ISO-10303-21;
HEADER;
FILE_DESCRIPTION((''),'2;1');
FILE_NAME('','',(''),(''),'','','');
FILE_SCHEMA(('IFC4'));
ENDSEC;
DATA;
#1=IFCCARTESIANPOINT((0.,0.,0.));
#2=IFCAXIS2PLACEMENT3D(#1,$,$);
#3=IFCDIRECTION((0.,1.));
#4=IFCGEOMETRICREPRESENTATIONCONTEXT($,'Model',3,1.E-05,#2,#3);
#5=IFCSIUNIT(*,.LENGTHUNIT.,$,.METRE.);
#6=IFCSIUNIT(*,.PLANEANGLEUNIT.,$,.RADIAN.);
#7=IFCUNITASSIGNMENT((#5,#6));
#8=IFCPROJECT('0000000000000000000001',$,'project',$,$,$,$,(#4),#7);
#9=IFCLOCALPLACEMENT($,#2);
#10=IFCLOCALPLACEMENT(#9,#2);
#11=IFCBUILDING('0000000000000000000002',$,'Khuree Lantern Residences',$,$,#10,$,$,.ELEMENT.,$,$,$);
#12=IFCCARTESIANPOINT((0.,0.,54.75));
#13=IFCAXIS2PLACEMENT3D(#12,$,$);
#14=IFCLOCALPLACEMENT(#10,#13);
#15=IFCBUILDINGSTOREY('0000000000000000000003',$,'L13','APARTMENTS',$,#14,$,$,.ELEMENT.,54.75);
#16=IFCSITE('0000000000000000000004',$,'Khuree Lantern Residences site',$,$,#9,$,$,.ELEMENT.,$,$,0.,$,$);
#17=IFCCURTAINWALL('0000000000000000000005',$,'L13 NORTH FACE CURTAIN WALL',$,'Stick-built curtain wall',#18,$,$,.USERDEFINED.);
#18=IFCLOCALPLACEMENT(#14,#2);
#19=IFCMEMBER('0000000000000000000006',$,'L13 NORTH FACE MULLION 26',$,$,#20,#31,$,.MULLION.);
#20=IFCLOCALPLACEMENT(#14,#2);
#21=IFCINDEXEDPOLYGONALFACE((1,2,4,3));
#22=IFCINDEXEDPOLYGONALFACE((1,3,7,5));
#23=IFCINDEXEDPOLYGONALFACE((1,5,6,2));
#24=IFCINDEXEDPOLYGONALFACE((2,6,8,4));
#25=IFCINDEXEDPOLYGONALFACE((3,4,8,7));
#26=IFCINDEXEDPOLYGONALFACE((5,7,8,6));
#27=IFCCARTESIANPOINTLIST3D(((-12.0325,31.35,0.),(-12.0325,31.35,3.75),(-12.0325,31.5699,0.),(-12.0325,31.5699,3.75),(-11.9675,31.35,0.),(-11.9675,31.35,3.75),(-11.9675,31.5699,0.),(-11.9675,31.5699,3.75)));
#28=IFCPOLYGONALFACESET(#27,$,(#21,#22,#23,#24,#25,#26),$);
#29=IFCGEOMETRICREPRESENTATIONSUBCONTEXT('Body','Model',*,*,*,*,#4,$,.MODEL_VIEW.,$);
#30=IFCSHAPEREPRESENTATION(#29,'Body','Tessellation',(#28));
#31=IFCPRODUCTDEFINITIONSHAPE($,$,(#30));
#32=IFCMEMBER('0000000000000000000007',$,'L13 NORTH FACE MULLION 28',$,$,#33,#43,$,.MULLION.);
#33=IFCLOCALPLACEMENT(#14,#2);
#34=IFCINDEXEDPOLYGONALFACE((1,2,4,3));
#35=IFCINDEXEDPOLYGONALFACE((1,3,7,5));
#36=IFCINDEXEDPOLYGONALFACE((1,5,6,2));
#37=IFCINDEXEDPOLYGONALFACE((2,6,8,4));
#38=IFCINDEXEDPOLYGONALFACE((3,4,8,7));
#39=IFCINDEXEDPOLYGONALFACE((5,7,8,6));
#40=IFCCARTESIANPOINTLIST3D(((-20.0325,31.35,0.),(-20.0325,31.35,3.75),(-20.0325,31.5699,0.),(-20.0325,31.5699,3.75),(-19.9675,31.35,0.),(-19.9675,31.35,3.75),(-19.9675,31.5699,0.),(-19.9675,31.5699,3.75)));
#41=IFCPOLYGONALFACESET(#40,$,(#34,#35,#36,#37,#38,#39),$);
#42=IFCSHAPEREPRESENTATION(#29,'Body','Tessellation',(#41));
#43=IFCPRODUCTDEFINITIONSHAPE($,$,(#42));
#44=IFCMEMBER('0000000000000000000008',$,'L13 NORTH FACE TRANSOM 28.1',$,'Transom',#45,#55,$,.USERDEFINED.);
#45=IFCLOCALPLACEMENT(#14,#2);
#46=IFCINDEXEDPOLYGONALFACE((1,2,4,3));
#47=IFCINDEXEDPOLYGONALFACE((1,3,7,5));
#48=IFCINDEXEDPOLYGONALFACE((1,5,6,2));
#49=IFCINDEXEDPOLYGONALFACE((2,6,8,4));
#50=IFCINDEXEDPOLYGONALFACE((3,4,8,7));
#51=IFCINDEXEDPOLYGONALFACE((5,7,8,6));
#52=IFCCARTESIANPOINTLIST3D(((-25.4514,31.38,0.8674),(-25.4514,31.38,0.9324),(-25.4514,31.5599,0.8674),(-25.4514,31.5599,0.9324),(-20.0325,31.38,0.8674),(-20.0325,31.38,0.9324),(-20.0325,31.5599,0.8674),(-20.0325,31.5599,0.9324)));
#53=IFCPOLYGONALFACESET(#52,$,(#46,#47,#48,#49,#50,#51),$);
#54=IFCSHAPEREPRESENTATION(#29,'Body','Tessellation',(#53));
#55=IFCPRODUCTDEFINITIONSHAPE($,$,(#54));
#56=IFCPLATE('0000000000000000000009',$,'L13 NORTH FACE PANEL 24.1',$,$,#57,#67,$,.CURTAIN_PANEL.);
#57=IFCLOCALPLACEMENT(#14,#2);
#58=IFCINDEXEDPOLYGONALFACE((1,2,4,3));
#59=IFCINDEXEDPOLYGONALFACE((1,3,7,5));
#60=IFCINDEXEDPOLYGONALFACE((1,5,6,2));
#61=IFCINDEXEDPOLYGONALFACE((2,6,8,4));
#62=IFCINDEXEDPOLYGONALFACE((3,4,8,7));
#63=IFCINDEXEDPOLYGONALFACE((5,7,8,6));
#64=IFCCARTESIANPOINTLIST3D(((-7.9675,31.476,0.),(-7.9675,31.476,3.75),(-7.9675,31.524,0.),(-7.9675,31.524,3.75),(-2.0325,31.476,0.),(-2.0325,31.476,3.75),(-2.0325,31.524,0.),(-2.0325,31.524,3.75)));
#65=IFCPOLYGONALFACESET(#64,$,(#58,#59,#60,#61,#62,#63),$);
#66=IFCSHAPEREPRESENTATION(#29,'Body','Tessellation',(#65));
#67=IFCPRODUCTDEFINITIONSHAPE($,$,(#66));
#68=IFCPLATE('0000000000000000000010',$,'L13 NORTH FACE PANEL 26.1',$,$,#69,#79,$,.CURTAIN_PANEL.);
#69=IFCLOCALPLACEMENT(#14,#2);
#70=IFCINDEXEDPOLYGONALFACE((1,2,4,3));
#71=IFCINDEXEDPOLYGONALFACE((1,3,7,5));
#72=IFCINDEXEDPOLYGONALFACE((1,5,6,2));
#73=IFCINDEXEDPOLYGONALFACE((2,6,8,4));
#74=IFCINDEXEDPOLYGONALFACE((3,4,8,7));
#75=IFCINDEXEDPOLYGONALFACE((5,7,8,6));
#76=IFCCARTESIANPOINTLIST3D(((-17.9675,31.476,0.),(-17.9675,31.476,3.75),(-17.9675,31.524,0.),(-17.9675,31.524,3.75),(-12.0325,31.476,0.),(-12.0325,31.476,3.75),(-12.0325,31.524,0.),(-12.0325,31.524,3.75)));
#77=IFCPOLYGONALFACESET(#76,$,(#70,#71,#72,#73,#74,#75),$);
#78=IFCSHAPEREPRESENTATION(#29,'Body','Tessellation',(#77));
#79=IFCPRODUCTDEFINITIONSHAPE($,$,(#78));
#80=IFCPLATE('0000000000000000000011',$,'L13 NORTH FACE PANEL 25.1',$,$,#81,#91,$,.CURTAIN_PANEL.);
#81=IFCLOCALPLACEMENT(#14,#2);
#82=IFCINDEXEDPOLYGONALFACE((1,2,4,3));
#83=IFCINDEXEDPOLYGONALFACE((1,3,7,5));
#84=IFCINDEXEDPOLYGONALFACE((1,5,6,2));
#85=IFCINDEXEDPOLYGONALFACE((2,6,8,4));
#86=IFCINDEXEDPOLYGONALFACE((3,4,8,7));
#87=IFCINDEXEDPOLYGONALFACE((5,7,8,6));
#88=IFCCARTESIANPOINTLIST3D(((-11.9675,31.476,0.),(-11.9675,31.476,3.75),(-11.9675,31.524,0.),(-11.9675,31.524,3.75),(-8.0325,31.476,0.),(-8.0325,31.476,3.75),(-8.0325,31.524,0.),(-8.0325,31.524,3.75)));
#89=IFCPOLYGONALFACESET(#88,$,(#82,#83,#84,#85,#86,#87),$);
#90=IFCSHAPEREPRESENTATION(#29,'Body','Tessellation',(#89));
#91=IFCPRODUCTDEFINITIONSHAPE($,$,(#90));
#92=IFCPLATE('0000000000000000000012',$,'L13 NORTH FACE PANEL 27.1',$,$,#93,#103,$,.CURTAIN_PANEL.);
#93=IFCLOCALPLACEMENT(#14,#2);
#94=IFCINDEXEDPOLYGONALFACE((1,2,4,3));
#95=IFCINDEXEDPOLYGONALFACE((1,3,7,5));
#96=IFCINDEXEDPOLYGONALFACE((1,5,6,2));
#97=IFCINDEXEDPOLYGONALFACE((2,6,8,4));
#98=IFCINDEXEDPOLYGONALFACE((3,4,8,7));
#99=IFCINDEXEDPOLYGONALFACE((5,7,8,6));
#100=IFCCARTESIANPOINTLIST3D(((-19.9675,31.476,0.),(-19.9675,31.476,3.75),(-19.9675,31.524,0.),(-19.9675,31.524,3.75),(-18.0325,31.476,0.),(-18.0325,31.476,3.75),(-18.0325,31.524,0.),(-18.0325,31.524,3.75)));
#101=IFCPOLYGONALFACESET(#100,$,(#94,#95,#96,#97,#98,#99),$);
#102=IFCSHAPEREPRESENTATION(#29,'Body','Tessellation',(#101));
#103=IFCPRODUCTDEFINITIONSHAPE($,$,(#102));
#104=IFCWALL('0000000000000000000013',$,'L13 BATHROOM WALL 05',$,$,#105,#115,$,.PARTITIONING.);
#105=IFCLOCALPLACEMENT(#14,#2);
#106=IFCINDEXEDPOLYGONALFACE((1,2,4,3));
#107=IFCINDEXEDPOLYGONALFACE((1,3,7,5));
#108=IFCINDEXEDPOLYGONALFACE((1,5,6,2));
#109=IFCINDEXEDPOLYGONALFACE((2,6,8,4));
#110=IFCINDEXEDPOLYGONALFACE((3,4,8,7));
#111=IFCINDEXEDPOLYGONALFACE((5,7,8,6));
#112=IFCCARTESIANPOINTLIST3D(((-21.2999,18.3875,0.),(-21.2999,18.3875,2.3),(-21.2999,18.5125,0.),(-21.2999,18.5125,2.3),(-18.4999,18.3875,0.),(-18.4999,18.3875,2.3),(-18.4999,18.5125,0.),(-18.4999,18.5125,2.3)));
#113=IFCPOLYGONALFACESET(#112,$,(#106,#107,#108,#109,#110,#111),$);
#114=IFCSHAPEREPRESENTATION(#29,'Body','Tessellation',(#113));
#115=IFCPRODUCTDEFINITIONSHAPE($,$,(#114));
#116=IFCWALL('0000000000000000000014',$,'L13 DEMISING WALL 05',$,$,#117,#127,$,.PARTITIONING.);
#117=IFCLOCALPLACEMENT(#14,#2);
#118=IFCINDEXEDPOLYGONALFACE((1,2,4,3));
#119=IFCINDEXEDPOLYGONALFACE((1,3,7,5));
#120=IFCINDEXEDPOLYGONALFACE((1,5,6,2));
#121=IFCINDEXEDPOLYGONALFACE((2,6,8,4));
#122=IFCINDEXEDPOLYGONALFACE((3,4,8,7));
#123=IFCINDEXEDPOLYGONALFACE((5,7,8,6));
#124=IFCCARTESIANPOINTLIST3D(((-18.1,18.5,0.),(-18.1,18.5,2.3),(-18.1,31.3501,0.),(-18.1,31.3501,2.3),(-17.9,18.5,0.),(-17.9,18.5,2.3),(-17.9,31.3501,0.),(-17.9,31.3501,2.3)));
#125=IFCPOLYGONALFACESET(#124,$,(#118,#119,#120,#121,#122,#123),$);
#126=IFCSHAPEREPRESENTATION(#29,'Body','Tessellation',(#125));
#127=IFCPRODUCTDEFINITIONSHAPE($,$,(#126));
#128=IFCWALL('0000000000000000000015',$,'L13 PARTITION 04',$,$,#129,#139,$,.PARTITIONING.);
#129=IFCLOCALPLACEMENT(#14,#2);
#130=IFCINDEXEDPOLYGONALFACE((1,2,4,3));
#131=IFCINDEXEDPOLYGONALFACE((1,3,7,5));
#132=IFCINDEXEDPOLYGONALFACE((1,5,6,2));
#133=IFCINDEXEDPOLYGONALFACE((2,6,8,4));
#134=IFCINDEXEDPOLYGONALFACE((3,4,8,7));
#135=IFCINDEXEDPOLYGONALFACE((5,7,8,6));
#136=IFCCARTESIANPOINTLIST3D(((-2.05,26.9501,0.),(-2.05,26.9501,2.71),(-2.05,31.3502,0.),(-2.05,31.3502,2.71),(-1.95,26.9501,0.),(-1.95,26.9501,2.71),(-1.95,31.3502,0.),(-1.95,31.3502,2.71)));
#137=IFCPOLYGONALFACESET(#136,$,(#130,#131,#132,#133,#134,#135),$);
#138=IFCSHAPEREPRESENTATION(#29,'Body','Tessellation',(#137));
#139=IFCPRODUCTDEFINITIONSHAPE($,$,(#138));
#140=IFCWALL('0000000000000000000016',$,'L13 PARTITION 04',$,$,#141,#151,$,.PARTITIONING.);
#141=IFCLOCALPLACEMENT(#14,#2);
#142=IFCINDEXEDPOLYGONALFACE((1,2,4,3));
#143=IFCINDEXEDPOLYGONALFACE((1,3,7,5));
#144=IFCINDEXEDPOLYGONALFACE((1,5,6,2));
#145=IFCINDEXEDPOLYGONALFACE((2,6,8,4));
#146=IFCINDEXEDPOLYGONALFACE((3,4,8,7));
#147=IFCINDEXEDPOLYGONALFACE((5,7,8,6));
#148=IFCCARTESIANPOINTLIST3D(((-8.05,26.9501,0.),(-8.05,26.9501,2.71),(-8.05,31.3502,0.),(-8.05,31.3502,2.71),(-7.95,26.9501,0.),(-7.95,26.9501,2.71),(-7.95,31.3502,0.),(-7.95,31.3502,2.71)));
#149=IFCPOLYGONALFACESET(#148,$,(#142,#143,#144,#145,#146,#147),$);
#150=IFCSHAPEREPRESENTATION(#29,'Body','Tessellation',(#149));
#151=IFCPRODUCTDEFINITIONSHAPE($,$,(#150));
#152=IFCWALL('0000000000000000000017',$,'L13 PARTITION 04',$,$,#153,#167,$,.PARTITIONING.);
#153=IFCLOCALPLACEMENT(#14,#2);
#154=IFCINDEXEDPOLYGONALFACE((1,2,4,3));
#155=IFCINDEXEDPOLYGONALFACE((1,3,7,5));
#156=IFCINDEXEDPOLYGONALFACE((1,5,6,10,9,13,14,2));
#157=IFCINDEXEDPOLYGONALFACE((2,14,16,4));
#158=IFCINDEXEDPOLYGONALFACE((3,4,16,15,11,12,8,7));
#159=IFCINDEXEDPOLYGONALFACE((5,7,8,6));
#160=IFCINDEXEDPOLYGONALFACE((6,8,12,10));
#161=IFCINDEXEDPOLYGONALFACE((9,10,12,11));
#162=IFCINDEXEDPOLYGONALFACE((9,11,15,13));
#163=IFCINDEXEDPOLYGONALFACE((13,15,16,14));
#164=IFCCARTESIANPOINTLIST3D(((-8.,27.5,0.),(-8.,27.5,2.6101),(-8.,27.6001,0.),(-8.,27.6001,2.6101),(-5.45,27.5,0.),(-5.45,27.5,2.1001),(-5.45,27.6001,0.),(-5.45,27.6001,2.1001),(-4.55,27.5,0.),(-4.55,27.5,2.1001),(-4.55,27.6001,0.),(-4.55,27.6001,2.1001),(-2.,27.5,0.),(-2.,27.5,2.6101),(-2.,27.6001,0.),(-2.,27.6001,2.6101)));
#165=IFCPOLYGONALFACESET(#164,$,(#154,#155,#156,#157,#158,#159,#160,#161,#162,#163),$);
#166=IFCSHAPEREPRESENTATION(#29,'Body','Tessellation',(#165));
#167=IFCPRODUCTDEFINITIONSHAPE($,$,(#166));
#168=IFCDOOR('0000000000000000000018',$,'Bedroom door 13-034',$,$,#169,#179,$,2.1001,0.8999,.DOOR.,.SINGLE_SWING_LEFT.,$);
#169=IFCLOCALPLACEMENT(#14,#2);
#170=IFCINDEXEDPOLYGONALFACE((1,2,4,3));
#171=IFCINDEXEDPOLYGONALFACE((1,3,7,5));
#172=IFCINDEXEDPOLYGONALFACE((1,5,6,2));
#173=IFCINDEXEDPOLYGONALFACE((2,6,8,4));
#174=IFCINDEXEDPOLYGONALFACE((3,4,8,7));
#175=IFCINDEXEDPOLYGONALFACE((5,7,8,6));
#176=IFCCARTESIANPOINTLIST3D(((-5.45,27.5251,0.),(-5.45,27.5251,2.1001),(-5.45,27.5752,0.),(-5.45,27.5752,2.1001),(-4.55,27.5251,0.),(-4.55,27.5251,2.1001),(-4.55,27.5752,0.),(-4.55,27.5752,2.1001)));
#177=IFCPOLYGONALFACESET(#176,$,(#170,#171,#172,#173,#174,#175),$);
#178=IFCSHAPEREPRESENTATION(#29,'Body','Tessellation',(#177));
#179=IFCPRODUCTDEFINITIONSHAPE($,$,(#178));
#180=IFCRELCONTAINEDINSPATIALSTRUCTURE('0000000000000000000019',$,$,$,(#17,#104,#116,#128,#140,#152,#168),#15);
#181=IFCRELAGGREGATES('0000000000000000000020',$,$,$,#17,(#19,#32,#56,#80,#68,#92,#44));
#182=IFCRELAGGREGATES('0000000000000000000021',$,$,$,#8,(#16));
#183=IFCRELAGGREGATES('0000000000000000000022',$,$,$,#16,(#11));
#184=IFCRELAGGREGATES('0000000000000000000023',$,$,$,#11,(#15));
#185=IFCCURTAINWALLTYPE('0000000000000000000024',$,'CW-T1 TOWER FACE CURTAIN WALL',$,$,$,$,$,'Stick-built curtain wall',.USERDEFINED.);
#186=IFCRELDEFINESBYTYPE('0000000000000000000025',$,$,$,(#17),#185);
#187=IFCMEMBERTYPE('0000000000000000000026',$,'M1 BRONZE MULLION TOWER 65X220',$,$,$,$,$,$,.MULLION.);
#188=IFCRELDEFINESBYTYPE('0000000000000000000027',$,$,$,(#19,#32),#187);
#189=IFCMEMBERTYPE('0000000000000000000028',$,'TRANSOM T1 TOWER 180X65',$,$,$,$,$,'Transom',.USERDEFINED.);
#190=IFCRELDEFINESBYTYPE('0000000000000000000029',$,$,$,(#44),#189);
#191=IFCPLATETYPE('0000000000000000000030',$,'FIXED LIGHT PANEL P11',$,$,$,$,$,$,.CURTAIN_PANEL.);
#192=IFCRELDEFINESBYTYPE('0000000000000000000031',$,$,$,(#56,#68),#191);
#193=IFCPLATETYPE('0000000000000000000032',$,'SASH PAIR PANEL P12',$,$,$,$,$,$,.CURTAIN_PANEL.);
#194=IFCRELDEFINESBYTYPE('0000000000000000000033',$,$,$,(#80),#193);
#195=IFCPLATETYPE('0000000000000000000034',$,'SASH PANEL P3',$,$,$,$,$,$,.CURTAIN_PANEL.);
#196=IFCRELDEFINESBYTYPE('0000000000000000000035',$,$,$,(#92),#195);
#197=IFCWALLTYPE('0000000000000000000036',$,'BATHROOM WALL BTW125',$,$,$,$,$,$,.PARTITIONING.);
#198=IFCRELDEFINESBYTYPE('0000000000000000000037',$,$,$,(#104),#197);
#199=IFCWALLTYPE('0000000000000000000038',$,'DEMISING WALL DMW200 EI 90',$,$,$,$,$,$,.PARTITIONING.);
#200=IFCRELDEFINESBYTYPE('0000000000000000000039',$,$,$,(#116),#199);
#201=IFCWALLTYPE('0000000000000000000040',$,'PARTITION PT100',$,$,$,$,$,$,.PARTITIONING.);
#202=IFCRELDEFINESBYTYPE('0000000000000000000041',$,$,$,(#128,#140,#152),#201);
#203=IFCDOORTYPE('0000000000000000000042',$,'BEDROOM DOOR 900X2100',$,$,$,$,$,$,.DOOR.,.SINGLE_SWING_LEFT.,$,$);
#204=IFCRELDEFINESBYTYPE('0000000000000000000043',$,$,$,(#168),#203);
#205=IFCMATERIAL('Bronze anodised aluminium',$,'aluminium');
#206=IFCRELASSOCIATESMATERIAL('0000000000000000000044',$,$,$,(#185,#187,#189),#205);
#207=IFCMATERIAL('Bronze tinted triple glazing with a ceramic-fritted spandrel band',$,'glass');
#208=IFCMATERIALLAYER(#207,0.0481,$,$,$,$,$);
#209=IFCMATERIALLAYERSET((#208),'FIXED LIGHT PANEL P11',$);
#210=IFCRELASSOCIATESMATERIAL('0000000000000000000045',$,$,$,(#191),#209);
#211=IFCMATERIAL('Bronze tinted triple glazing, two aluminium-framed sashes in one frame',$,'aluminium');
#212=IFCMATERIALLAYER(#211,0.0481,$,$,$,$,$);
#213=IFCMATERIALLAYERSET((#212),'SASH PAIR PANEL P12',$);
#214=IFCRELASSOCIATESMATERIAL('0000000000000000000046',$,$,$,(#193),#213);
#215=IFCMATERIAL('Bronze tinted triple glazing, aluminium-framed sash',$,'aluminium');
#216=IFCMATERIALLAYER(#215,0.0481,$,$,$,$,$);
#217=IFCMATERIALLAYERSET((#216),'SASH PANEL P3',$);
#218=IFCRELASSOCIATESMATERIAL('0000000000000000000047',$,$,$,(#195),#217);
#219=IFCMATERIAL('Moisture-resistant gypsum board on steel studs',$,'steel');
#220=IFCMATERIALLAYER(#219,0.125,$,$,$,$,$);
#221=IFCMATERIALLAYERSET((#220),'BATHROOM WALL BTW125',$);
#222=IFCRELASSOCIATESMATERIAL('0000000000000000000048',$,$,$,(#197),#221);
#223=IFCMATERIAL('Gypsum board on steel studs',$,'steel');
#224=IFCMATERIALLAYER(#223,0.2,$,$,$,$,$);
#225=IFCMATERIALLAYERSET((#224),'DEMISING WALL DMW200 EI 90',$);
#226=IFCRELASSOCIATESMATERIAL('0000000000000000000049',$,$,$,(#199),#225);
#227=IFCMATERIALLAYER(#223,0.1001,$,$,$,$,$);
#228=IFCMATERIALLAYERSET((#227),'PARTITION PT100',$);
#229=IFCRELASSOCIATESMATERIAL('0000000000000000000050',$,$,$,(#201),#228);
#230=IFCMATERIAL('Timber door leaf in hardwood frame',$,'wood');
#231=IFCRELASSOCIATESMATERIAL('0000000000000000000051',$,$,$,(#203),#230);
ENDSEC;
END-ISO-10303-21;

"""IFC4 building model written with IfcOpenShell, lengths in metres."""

from ifc_helpers import new_model, si_unit, direction, frame, frame_2d, origin, origin_2d, place, context, subcontext, project, spatial, rectangle, extrude, material, layer, layer_set, material_profile, profile_set, type_object, element, fill, aggregate, save


model = new_model("IFC4")

# Units and contexts
model_context = context("Model", 3, precision=1e-05, world=origin(), true_north=direction((0.0, 1.0)))
body_context = subcontext(model_context, "Body", "Model", "MODEL_VIEW")
ifc_project = project(units=[si_unit("LENGTHUNIT", "METRE"), si_unit("PLANEANGLEUNIT", "RADIAN")], contexts=[model_context])

# Site, building, storey
site_placement = place(None, origin())
site = spatial("IfcSite", under=ifc_project, at=site_placement, Name="Khuree Lantern Residences site", CompositionType="ELEMENT", RefElevation=0.0)
building_placement = place(site_placement, origin())
building = spatial("IfcBuilding", under=site, at=building_placement, Name="Khuree Lantern Residences", CompositionType="ELEMENT")
storey_placement = place(building_placement, frame((0.0, 0.0, 54.75)))
storey = spatial("IfcBuildingStorey", under=building, at=storey_placement, Name="L13", Description="APARTMENTS", CompositionType="ELEMENT", Elevation=54.75)

# Curtain wall
ifc_material_1 = material(Name="Bronze anodised aluminium", Category="aluminium")
curtain_wall_type = type_object("IfcCurtainWallType", Name="CW-T1 TOWER FACE CURTAIN WALL", ElementType="Stick-built curtain wall", PredefinedType="USERDEFINED", material=ifc_material_1)
curtain_wall_placement = place(storey_placement, origin())
curtain_wall = element("IfcCurtainWall", 1, at=curtain_wall_placement, inside=storey, type_object=curtain_wall_type, Name="L13 NORTH FACE CURTAIN WALL", ObjectType="Stick-built curtain wall", PredefinedType="USERDEFINED")

# Members
ifc_material_profile_1 = material_profile(ifc_material_1, rectangle(XDim=0.0649, YDim=0.22, at=origin_2d()), Name="M1 65X220")
ifc_profile_set_1 = profile_set([ifc_material_profile_1], Name="Bronze anodised aluminium")
member_type_1 = type_object("IfcMemberType", Name="M1 BRONZE MULLION TOWER 65X220", PredefinedType="MULLION", material=ifc_profile_set_1)
member_1_placement = place(storey_placement, frame((-12.0, 31.46, 0.0), z_axis=(0.0, 0.0, 1.0), x_axis=(-1.0, 0.0, 0.0)))
member_1 = element("IfcMember", 2, at=member_1_placement, type_object=member_type_1, Name="L13 NORTH FACE MULLION 26", PredefinedType="MULLION", context=body_context, shape_type="SweptSolid", body=[
    extrude(rectangle(XDim=0.0649, YDim=0.22, at=origin_2d()), origin(), (0.0, 0.0, 1.0), 3.75),
])
member_2_placement = place(storey_placement, frame((-20.0, 31.46, 0.0), z_axis=(0.0, 0.0, 1.0), x_axis=(-1.0, 0.0, 0.0)))
member_2 = element("IfcMember", 3, at=member_2_placement, type_object=member_type_1, Name="L13 NORTH FACE MULLION 28", PredefinedType="MULLION", context=body_context, shape_type="SweptSolid", body=[
    extrude(rectangle(XDim=0.0649, YDim=0.22, at=origin_2d()), origin(), (0.0, 0.0, 1.0), 3.75),
])
ifc_material_profile_2 = material_profile(ifc_material_1, rectangle(XDim=0.1799, YDim=0.0649, at=origin_2d()), Name="T1 180X65")
ifc_profile_set_2 = profile_set([ifc_material_profile_2], Name="Bronze anodised aluminium")
member_type_2 = type_object("IfcMemberType", Name="TRANSOM T1 TOWER 180X65", ElementType="Transom", PredefinedType="USERDEFINED", material=ifc_profile_set_2)
member_3_placement = place(storey_placement, frame((-20.0325, 31.47, 0.8999), z_axis=(-1.0, 0.0, 0.0), x_axis=(0.0, -1.0, 0.0)))
member_3 = element("IfcMember", 4, at=member_3_placement, type_object=member_type_2, Name="L13 NORTH FACE TRANSOM 28.1", ObjectType="Transom", PredefinedType="USERDEFINED", context=body_context, shape_type="SweptSolid", body=[
    extrude(rectangle(XDim=0.1799, YDim=0.0649, at=origin_2d()), origin(), (0.0, 0.0, 1.0), 5.4189),
])

# Plates
ifc_material_2 = material(Name="Bronze tinted triple glazing with a ceramic-fritted spandrel band", Category="glass")
ifc_layer_1 = layer(ifc_material_2, 0.0481)
ifc_layer_set_1 = layer_set([ifc_layer_1], Name="FIXED LIGHT PANEL P11")
plate_type_1 = type_object("IfcPlateType", Name="FIXED LIGHT PANEL P11", PredefinedType="CURTAIN_PANEL", material=ifc_layer_set_1)
plate_1_placement = place(storey_placement, frame((-5.0, 31.5, 0.0), z_axis=(0.0, 0.0, 1.0), x_axis=(-1.0, 0.0, 0.0)))
plate_1 = element("IfcPlate", 5, at=plate_1_placement, type_object=plate_type_1, Name="L13 NORTH FACE PANEL 24.1", PredefinedType="CURTAIN_PANEL", context=body_context, shape_type="SweptSolid", body=[
    extrude(rectangle(XDim=5.9351, YDim=0.0481, at=origin_2d()), origin(), (0.0, 0.0, 1.0), 3.75),
])
plate_2_placement = place(storey_placement, frame((-15.0, 31.5, 0.0), z_axis=(0.0, 0.0, 1.0), x_axis=(-1.0, 0.0, 0.0)))
plate_2 = element("IfcPlate", 6, at=plate_2_placement, type_object=plate_type_1, Name="L13 NORTH FACE PANEL 26.1", PredefinedType="CURTAIN_PANEL", context=body_context, shape_type="SweptSolid", body=[
    extrude(rectangle(XDim=5.9351, YDim=0.0481, at=origin_2d()), origin(), (0.0, 0.0, 1.0), 3.75),
])
ifc_material_3 = material(Name="Bronze tinted triple glazing, two aluminium-framed sashes in one frame", Category="aluminium")
ifc_layer_2 = layer(ifc_material_3, 0.0481)
ifc_layer_set_2 = layer_set([ifc_layer_2], Name="SASH PAIR PANEL P12")
plate_type_2 = type_object("IfcPlateType", Name="SASH PAIR PANEL P12", PredefinedType="CURTAIN_PANEL", material=ifc_layer_set_2)
plate_3_placement = place(storey_placement, frame((-10.0, 31.5, 0.0), z_axis=(0.0, 0.0, 1.0), x_axis=(-1.0, 0.0, 0.0)))
plate_3 = element("IfcPlate", 7, at=plate_3_placement, type_object=plate_type_2, Name="L13 NORTH FACE PANEL 25.1", PredefinedType="CURTAIN_PANEL", context=body_context, shape_type="SweptSolid", body=[
    extrude(rectangle(XDim=3.9351, YDim=0.0481, at=origin_2d()), origin(), (0.0, 0.0, 1.0), 3.75),
])
ifc_material_4 = material(Name="Bronze tinted triple glazing, aluminium-framed sash", Category="aluminium")
ifc_layer_3 = layer(ifc_material_4, 0.0481)
ifc_layer_set_3 = layer_set([ifc_layer_3], Name="SASH PANEL P3")
plate_type_3 = type_object("IfcPlateType", Name="SASH PANEL P3", PredefinedType="CURTAIN_PANEL", material=ifc_layer_set_3)
plate_4_placement = place(storey_placement, frame((-19.0, 31.5, 0.0), z_axis=(0.0, 0.0, 1.0), x_axis=(-1.0, 0.0, 0.0)))
plate_4 = element("IfcPlate", 8, at=plate_4_placement, type_object=plate_type_3, Name="L13 NORTH FACE PANEL 27.1", PredefinedType="CURTAIN_PANEL", context=body_context, shape_type="SweptSolid", body=[
    extrude(rectangle(XDim=1.9351, YDim=0.0481, at=origin_2d()), origin(), (0.0, 0.0, 1.0), 3.75),
])
aggregate(curtain_wall, [member_1, member_2, plate_1, plate_3, plate_2, plate_4, member_3])

# Walls
ifc_material_5 = material(Name="Moisture-resistant gypsum board on steel studs", Category="steel")
ifc_layer_4 = layer(ifc_material_5, 0.125)
ifc_layer_set_4 = layer_set([ifc_layer_4], Name="BATHROOM WALL BTW125")
wall_type_1 = type_object("IfcWallType", Name="BATHROOM WALL BTW125", PredefinedType="PARTITIONING", material=ifc_layer_set_4)
wall_1_placement = place(storey_placement, frame((-18.5, 18.45, 0.0), z_axis=(0.0, 0.0, 1.0), x_axis=(-1.0, 0.0, 0.0)))
element("IfcWall", 9, at=wall_1_placement, inside=storey, type_object=wall_type_1, Name="L13 BATHROOM WALL 05", PredefinedType="PARTITIONING", context=body_context, shape_type="SweptSolid", body=[
    extrude(rectangle(XDim=2.8, YDim=0.125, at=frame_2d((1.3999, 0.0))), origin(), (0.0, 0.0, 1.0), 2.3),
])
ifc_material_6 = material(Name="Gypsum board on steel studs", Category="steel")
ifc_layer_5 = layer(ifc_material_6, 0.2)
ifc_layer_set_5 = layer_set([ifc_layer_5], Name="DEMISING WALL DMW200 EI 90")
wall_type_2 = type_object("IfcWallType", Name="DEMISING WALL DMW200 EI 90", PredefinedType="PARTITIONING", material=ifc_layer_set_5)
wall_2_placement = place(storey_placement, frame((-18.0, 18.5, 0.0), z_axis=(0.0, 0.0, 1.0), x_axis=(0.0, 1.0, 0.0)))
element("IfcWall", 10, at=wall_2_placement, inside=storey, type_object=wall_type_2, Name="L13 DEMISING WALL 05", PredefinedType="PARTITIONING", context=body_context, shape_type="SweptSolid", body=[
    extrude(rectangle(XDim=12.8501, YDim=0.2, at=frame_2d((6.425, 0.0))), origin(), (0.0, 0.0, 1.0), 2.3),
])
ifc_layer_6 = layer(ifc_material_6, 0.1001)
ifc_layer_set_6 = layer_set([ifc_layer_6], Name="PARTITION PT100")
wall_type_3 = type_object("IfcWallType", Name="PARTITION PT100", PredefinedType="PARTITIONING", material=ifc_layer_set_6)
for number, where, z_axis, x_axis, name in (
    (11, (-2.0, 26.95, 0.0), (0.0, 0.0, 1.0), (0.0, 1.0, 0.0), "L13 PARTITION 04"),
    (12, (-8.0, 26.95, 0.0), (0.0, 0.0, 1.0), (0.0, 1.0, 0.0), "L13 PARTITION 04"),
):
    element("IfcWall", number, at=place(storey_placement, frame(where, z_axis=z_axis, x_axis=x_axis)), inside=storey, type_object=wall_type_3, Name=name, PredefinedType="PARTITIONING", context=body_context, shape_type="SweptSolid", body=[
        extrude(rectangle(XDim=4.4001, YDim=0.1001, at=frame_2d((2.2002, 0.0))), origin(), (0.0, 0.0, 1.0), 2.71),
    ])

# Wall, opening, door
wall_3_placement = place(storey_placement, frame((-2.0, 27.55, 0.0), z_axis=(0.0, 0.0, 1.0), x_axis=(-1.0, 0.0, 0.0)))
wall_3 = element("IfcWall", 13, at=wall_3_placement, inside=storey, type_object=wall_type_3, Name="L13 PARTITION 04", PredefinedType="PARTITIONING", context=body_context, shape_type="SweptSolid", body=[
    extrude(rectangle(XDim=6.0, YDim=0.1001, at=frame_2d((3.0, 0.0))), origin(), (0.0, 0.0, 1.0), 2.6101),
])
opening_placement = place(wall_3_placement, frame((2.55, 0.0, 0.0)))
opening = element("IfcOpeningElement", 14, at=opening_placement, cuts=wall_3, PredefinedType="OPENING", context=body_context, shape_type="SweptSolid", body=[
    extrude(rectangle(XDim=0.8999, YDim=2.1001, at=frame_2d((0.45, 1.05))), frame((0.0, 0.0601, 0.0), z_axis=(0.0, -1.0, 0.0), x_axis=(1.0, 0.0, 0.0)), (0.0, 0.0, 1.0), 0.1201),
])
ifc_material_7 = material(Name="Timber door leaf in hardwood frame", Category="wood")
door_type = type_object("IfcDoorType", Name="BEDROOM DOOR 900X2100", OperationType="SINGLE_SWING_LEFT", PredefinedType="DOOR", material=ifc_material_7)
door_placement = place(opening_placement, origin())
door = element("IfcDoor", 15, at=door_placement, inside=storey, type_object=door_type, Name="Bedroom door 13-034", OperationType="SINGLE_SWING_LEFT", OverallHeight=2.1001, OverallWidth=0.8999, PredefinedType="DOOR", context=body_context, shape_type="SweptSolid", body=[
    extrude(rectangle(XDim=0.8999, YDim=2.1001, at=frame_2d((0.45, 1.05))), frame((0.0, 0.0249, 0.0), z_axis=(0.0, -1.0, 0.0), x_axis=(1.0, 0.0, 0.0)), (0.0, 0.0, 1.0), 0.05),
])
fill(opening, door)

save(model, "model.ifc")
